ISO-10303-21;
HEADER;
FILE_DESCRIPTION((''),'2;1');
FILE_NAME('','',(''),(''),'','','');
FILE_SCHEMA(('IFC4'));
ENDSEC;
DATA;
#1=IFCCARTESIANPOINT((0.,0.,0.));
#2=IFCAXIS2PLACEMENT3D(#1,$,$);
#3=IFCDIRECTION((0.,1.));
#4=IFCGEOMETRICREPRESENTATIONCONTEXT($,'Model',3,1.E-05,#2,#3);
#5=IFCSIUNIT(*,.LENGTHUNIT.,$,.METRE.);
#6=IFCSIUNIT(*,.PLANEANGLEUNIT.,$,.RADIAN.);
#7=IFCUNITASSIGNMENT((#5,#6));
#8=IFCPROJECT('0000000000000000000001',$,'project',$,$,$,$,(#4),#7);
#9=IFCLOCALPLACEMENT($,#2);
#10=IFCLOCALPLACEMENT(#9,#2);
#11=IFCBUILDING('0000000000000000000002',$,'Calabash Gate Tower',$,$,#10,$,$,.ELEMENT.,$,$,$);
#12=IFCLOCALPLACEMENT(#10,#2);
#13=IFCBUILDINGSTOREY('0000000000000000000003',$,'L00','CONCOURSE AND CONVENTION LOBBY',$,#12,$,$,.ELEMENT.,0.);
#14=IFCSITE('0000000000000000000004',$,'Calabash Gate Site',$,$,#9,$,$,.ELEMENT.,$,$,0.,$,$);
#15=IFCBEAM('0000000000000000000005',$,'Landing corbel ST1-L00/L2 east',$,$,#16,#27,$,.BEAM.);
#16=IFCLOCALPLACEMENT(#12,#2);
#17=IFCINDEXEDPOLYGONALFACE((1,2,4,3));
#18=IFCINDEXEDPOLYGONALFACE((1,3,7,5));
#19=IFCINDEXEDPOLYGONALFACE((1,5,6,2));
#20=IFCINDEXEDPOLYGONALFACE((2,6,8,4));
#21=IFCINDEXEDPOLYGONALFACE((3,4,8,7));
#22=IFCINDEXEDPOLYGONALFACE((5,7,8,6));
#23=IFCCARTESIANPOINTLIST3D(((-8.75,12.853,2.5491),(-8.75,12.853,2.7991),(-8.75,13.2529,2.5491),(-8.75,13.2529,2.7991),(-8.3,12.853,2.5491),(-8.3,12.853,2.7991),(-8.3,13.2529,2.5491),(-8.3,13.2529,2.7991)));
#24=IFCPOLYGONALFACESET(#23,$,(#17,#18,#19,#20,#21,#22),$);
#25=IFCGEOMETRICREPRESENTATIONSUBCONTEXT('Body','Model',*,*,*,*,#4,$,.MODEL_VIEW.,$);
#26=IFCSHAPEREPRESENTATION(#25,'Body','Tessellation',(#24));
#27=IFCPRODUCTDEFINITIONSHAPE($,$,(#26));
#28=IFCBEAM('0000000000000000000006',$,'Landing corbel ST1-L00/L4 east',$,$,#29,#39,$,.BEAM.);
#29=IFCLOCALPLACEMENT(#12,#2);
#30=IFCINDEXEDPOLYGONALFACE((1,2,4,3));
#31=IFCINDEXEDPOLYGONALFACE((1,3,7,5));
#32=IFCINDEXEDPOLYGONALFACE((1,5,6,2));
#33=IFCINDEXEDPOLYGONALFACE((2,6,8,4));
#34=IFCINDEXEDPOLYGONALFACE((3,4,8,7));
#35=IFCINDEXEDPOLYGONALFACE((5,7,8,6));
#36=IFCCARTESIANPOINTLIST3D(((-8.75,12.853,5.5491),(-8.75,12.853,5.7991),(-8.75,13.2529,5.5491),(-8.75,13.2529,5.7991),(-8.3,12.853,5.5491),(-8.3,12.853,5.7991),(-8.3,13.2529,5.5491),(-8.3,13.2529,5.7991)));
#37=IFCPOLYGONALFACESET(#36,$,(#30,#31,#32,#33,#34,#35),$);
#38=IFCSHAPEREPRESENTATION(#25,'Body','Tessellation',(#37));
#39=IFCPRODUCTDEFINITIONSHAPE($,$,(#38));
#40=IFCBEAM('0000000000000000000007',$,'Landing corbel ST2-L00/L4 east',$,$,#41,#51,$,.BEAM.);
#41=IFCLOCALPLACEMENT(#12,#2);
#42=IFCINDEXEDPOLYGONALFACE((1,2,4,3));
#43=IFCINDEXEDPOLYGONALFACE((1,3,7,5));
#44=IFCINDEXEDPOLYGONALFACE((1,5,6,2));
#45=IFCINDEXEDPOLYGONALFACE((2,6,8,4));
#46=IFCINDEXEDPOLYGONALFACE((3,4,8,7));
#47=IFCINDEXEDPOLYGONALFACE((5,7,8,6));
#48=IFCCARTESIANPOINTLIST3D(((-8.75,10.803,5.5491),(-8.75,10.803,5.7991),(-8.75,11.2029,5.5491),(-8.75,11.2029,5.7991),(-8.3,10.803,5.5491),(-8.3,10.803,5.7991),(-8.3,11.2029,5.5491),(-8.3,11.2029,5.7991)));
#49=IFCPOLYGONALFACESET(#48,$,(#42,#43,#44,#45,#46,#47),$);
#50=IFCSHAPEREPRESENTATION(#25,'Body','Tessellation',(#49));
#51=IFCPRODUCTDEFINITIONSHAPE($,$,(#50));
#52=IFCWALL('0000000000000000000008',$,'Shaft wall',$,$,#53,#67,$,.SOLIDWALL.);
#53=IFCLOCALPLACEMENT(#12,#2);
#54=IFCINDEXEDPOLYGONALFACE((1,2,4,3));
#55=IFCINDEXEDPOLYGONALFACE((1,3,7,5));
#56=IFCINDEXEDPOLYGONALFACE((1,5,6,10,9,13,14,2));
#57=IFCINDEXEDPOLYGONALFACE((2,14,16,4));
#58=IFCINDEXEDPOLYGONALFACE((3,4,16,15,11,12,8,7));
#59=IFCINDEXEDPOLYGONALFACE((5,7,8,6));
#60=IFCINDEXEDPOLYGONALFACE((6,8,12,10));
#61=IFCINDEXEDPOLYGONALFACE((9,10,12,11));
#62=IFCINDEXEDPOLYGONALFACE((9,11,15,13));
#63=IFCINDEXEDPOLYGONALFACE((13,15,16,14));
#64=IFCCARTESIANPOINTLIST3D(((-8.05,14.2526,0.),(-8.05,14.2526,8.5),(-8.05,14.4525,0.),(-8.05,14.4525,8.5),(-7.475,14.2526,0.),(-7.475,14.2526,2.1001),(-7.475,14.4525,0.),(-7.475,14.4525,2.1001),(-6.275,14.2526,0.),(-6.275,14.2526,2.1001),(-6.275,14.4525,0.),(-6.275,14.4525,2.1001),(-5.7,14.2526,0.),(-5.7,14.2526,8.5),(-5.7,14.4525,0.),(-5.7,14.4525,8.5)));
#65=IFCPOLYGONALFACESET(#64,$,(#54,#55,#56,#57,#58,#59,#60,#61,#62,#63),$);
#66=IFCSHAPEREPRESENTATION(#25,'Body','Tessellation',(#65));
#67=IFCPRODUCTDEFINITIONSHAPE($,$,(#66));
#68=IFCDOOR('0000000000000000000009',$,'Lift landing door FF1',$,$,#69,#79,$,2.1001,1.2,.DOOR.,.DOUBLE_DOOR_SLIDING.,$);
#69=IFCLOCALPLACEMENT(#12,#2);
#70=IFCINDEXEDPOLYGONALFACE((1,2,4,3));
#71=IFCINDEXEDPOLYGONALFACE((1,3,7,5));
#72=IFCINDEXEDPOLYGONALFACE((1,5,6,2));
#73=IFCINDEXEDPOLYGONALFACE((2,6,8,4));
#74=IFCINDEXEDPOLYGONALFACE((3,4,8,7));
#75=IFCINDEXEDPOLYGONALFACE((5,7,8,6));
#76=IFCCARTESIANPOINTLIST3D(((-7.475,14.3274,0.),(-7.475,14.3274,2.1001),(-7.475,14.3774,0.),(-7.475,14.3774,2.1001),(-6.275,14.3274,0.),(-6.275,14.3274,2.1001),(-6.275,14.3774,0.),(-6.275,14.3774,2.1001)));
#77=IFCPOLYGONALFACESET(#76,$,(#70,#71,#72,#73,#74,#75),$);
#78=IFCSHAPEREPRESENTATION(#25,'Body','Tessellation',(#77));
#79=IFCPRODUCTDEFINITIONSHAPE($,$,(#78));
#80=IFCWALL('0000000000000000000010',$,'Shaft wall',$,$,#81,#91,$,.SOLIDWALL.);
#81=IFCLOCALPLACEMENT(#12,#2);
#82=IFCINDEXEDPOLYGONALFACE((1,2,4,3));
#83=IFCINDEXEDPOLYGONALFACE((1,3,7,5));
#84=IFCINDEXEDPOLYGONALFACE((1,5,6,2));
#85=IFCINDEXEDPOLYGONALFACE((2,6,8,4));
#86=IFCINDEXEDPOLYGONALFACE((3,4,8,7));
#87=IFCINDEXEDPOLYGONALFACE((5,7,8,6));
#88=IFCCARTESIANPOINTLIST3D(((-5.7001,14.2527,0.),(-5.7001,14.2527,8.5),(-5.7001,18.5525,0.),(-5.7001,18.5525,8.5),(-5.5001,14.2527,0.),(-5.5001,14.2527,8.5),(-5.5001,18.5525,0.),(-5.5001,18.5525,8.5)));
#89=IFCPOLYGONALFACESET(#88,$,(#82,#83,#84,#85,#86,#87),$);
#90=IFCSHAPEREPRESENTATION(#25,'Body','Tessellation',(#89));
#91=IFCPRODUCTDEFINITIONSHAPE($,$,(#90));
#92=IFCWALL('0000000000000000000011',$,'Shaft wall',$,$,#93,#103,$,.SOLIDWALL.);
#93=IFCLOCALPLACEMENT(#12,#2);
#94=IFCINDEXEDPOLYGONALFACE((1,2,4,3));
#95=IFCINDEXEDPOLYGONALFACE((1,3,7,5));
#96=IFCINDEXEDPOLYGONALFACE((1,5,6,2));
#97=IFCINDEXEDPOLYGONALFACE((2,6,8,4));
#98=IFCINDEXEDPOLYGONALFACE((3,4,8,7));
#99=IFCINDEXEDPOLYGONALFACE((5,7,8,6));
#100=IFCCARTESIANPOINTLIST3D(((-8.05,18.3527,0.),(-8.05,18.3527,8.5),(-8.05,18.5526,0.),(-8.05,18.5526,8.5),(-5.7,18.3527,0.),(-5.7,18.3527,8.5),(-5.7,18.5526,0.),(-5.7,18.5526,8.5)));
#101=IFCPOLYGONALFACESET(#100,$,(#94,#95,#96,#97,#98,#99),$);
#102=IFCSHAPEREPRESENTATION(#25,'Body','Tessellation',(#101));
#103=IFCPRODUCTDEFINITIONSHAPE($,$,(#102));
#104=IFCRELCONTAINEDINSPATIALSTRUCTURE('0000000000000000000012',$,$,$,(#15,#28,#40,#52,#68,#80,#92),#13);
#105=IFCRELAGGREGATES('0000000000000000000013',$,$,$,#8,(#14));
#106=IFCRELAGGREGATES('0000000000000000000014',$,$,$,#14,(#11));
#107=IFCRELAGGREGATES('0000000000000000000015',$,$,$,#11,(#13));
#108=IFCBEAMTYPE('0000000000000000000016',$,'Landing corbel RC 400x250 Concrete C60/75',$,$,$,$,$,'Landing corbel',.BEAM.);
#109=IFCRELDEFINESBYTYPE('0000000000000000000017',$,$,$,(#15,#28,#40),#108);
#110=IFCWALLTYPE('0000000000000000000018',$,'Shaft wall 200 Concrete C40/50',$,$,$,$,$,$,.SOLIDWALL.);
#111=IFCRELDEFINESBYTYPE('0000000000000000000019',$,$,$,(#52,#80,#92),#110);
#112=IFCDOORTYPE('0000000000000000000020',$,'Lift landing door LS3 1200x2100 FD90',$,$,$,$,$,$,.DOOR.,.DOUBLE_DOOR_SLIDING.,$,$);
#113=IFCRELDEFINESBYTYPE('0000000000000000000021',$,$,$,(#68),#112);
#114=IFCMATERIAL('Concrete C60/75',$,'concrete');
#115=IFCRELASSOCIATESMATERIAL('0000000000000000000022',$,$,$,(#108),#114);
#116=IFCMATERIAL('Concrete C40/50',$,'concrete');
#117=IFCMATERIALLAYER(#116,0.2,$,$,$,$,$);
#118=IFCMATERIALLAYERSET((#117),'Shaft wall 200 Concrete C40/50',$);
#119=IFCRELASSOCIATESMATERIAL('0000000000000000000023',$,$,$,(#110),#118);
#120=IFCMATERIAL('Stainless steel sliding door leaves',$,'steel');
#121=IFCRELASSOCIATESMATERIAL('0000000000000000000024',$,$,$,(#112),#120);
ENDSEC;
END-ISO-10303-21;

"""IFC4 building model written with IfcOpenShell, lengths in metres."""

from ifc_helpers import new_model, si_unit, direction, frame, frame_2d, origin, origin_2d, place, context, subcontext, project, spatial, rectangle, extrude, material, layer, layer_set, material_profile, profile_set, type_object, element, fill, save


model = new_model("IFC4")

# Units and contexts
model_context = context("Model", 3, precision=1e-05, world=origin(), true_north=direction((0.0, 1.0)))
body_context = subcontext(model_context, "Body", "Model", "MODEL_VIEW")
ifc_project = project(units=[si_unit("LENGTHUNIT", "METRE"), si_unit("PLANEANGLEUNIT", "RADIAN")], contexts=[model_context])

# Site, building, storey
site_placement = place(None, origin())
site = spatial("IfcSite", under=ifc_project, at=site_placement, Name="Calabash Gate Site", CompositionType="ELEMENT", RefElevation=0.0)
building_placement = place(site_placement, origin())
building = spatial("IfcBuilding", under=site, at=building_placement, Name="Calabash Gate Tower", CompositionType="ELEMENT")
storey_placement = place(building_placement, origin())
storey = spatial("IfcBuildingStorey", under=building, at=storey_placement, Name="L00", Description="CONCOURSE AND CONVENTION LOBBY", CompositionType="ELEMENT", Elevation=0.0)

# Beams
ifc_material_1 = material(Name="Concrete C60/75", Category="concrete")
ifc_material_profile = material_profile(ifc_material_1, rectangle(XDim=0.3999, YDim=0.25, at=origin_2d()))
ifc_profile_set = profile_set([ifc_material_profile], Name="Concrete C60/75")
beam_type = type_object("IfcBeamType", Name="Landing corbel RC 400x250 Concrete C60/75", ElementType="Landing corbel", PredefinedType="BEAM", material=ifc_profile_set)
for number, where, z_axis, x_axis, name in (
    (1, (-8.3, 13.053, 2.6741), (-1.0, 0.0, 0.0), (0.0, -1.0, 0.0), "Landing corbel ST1-L00/L2 east"),
    (2, (-8.3, 13.053, 5.6741), (-1.0, 0.0, 0.0), (0.0, -1.0, 0.0), "Landing corbel ST1-L00/L4 east"),
    (3, (-8.3, 11.0029, 5.6741), (-1.0, 0.0, 0.0), (0.0, -1.0, 0.0), "Landing corbel ST2-L00/L4 east"),
):
    element("IfcBeam", number, at=place(storey_placement, frame(where, z_axis=z_axis, x_axis=x_axis)), inside=storey, type_object=beam_type, Name=name, PredefinedType="BEAM", context=body_context, shape_type="SweptSolid", body=[
        extrude(rectangle(XDim=0.3999, YDim=0.25, at=origin_2d()), origin(), (0.0, 0.0, 1.0), 0.45),
    ])

# Wall, opening, door
ifc_material_2 = material(Name="Concrete C40/50", Category="concrete")
ifc_layer = layer(ifc_material_2, 0.2)
ifc_layer_set = layer_set([ifc_layer], Name="Shaft wall 200 Concrete C40/50")
wall_type = type_object("IfcWallType", Name="Shaft wall 200 Concrete C40/50", PredefinedType="SOLIDWALL", material=ifc_layer_set)
wall_1_placement = place(storey_placement, frame((-8.05, 14.3525, 0.0), z_axis=(0.0, 0.0, 1.0), x_axis=(1.0, 0.0, 0.0)))
wall_1 = element("IfcWall", 4, at=wall_1_placement, inside=storey, type_object=wall_type, Name="Shaft wall", PredefinedType="SOLIDWALL", context=body_context, shape_type="SweptSolid", body=[
    extrude(rectangle(XDim=2.3501, YDim=0.2, at=frame_2d((1.175, 0.0))), origin(), (0.0, 0.0, 1.0), 8.5),
])
opening_placement = place(wall_1_placement, frame((0.575, 0.0, 0.0)))
opening = element("IfcOpeningElement", 5, at=opening_placement, cuts=wall_1, PredefinedType="OPENING", context=body_context, shape_type="SweptSolid", body=[
    extrude(rectangle(XDim=1.2, YDim=2.1001, at=frame_2d((0.6001, 1.05))), frame((0.0, 0.1099, 0.0), z_axis=(0.0, -1.0, 0.0), x_axis=(1.0, 0.0, 0.0)), (0.0, 0.0, 1.0), 0.22),
])
ifc_material_3 = material(Name="Stainless steel sliding door leaves", Category="steel")
door_type = type_object("IfcDoorType", Name="Lift landing door LS3 1200x2100 FD90", OperationType="DOUBLE_DOOR_SLIDING", PredefinedType="DOOR", material=ifc_material_3)
door_placement = place(opening_placement, origin())
door = element("IfcDoor", 6, at=door_placement, inside=storey, type_object=door_type, Name="Lift landing door FF1", OperationType="DOUBLE_DOOR_SLIDING", OverallHeight=2.1001, OverallWidth=1.2, PredefinedType="DOOR", context=body_context, shape_type="SweptSolid", body=[
    extrude(rectangle(XDim=1.2, YDim=2.1001, at=frame_2d((0.6001, 1.05))), frame((0.0, 0.0249, 0.0), z_axis=(0.0, -1.0, 0.0), x_axis=(1.0, 0.0, 0.0)), (0.0, 0.0, 1.0), 0.05),
])
fill(opening, door)

# Walls
wall_2_placement = place(storey_placement, frame((-5.6001, 14.2527, 0.0), z_axis=(0.0, 0.0, 1.0), x_axis=(0.0, 1.0, 0.0)))
element("IfcWall", 7, at=wall_2_placement, inside=storey, type_object=wall_type, Name="Shaft wall", PredefinedType="SOLIDWALL", context=body_context, shape_type="SweptSolid", body=[
    extrude(rectangle(XDim=4.2998, YDim=0.2, at=frame_2d((2.1499, 0.0))), origin(), (0.0, 0.0, 1.0), 8.5),
])
wall_3_placement = place(storey_placement, frame((-8.05, 18.4526, 0.0), z_axis=(0.0, 0.0, 1.0), x_axis=(1.0, 0.0, 0.0)))
element("IfcWall", 8, at=wall_3_placement, inside=storey, type_object=wall_type, Name="Shaft wall", PredefinedType="SOLIDWALL", context=body_context, shape_type="SweptSolid", body=[
    extrude(rectangle(XDim=2.3501, YDim=0.2, at=frame_2d((1.175, 0.0))), origin(), (0.0, 0.0, 1.0), 8.5),
])

save(model, "model.ifc")
